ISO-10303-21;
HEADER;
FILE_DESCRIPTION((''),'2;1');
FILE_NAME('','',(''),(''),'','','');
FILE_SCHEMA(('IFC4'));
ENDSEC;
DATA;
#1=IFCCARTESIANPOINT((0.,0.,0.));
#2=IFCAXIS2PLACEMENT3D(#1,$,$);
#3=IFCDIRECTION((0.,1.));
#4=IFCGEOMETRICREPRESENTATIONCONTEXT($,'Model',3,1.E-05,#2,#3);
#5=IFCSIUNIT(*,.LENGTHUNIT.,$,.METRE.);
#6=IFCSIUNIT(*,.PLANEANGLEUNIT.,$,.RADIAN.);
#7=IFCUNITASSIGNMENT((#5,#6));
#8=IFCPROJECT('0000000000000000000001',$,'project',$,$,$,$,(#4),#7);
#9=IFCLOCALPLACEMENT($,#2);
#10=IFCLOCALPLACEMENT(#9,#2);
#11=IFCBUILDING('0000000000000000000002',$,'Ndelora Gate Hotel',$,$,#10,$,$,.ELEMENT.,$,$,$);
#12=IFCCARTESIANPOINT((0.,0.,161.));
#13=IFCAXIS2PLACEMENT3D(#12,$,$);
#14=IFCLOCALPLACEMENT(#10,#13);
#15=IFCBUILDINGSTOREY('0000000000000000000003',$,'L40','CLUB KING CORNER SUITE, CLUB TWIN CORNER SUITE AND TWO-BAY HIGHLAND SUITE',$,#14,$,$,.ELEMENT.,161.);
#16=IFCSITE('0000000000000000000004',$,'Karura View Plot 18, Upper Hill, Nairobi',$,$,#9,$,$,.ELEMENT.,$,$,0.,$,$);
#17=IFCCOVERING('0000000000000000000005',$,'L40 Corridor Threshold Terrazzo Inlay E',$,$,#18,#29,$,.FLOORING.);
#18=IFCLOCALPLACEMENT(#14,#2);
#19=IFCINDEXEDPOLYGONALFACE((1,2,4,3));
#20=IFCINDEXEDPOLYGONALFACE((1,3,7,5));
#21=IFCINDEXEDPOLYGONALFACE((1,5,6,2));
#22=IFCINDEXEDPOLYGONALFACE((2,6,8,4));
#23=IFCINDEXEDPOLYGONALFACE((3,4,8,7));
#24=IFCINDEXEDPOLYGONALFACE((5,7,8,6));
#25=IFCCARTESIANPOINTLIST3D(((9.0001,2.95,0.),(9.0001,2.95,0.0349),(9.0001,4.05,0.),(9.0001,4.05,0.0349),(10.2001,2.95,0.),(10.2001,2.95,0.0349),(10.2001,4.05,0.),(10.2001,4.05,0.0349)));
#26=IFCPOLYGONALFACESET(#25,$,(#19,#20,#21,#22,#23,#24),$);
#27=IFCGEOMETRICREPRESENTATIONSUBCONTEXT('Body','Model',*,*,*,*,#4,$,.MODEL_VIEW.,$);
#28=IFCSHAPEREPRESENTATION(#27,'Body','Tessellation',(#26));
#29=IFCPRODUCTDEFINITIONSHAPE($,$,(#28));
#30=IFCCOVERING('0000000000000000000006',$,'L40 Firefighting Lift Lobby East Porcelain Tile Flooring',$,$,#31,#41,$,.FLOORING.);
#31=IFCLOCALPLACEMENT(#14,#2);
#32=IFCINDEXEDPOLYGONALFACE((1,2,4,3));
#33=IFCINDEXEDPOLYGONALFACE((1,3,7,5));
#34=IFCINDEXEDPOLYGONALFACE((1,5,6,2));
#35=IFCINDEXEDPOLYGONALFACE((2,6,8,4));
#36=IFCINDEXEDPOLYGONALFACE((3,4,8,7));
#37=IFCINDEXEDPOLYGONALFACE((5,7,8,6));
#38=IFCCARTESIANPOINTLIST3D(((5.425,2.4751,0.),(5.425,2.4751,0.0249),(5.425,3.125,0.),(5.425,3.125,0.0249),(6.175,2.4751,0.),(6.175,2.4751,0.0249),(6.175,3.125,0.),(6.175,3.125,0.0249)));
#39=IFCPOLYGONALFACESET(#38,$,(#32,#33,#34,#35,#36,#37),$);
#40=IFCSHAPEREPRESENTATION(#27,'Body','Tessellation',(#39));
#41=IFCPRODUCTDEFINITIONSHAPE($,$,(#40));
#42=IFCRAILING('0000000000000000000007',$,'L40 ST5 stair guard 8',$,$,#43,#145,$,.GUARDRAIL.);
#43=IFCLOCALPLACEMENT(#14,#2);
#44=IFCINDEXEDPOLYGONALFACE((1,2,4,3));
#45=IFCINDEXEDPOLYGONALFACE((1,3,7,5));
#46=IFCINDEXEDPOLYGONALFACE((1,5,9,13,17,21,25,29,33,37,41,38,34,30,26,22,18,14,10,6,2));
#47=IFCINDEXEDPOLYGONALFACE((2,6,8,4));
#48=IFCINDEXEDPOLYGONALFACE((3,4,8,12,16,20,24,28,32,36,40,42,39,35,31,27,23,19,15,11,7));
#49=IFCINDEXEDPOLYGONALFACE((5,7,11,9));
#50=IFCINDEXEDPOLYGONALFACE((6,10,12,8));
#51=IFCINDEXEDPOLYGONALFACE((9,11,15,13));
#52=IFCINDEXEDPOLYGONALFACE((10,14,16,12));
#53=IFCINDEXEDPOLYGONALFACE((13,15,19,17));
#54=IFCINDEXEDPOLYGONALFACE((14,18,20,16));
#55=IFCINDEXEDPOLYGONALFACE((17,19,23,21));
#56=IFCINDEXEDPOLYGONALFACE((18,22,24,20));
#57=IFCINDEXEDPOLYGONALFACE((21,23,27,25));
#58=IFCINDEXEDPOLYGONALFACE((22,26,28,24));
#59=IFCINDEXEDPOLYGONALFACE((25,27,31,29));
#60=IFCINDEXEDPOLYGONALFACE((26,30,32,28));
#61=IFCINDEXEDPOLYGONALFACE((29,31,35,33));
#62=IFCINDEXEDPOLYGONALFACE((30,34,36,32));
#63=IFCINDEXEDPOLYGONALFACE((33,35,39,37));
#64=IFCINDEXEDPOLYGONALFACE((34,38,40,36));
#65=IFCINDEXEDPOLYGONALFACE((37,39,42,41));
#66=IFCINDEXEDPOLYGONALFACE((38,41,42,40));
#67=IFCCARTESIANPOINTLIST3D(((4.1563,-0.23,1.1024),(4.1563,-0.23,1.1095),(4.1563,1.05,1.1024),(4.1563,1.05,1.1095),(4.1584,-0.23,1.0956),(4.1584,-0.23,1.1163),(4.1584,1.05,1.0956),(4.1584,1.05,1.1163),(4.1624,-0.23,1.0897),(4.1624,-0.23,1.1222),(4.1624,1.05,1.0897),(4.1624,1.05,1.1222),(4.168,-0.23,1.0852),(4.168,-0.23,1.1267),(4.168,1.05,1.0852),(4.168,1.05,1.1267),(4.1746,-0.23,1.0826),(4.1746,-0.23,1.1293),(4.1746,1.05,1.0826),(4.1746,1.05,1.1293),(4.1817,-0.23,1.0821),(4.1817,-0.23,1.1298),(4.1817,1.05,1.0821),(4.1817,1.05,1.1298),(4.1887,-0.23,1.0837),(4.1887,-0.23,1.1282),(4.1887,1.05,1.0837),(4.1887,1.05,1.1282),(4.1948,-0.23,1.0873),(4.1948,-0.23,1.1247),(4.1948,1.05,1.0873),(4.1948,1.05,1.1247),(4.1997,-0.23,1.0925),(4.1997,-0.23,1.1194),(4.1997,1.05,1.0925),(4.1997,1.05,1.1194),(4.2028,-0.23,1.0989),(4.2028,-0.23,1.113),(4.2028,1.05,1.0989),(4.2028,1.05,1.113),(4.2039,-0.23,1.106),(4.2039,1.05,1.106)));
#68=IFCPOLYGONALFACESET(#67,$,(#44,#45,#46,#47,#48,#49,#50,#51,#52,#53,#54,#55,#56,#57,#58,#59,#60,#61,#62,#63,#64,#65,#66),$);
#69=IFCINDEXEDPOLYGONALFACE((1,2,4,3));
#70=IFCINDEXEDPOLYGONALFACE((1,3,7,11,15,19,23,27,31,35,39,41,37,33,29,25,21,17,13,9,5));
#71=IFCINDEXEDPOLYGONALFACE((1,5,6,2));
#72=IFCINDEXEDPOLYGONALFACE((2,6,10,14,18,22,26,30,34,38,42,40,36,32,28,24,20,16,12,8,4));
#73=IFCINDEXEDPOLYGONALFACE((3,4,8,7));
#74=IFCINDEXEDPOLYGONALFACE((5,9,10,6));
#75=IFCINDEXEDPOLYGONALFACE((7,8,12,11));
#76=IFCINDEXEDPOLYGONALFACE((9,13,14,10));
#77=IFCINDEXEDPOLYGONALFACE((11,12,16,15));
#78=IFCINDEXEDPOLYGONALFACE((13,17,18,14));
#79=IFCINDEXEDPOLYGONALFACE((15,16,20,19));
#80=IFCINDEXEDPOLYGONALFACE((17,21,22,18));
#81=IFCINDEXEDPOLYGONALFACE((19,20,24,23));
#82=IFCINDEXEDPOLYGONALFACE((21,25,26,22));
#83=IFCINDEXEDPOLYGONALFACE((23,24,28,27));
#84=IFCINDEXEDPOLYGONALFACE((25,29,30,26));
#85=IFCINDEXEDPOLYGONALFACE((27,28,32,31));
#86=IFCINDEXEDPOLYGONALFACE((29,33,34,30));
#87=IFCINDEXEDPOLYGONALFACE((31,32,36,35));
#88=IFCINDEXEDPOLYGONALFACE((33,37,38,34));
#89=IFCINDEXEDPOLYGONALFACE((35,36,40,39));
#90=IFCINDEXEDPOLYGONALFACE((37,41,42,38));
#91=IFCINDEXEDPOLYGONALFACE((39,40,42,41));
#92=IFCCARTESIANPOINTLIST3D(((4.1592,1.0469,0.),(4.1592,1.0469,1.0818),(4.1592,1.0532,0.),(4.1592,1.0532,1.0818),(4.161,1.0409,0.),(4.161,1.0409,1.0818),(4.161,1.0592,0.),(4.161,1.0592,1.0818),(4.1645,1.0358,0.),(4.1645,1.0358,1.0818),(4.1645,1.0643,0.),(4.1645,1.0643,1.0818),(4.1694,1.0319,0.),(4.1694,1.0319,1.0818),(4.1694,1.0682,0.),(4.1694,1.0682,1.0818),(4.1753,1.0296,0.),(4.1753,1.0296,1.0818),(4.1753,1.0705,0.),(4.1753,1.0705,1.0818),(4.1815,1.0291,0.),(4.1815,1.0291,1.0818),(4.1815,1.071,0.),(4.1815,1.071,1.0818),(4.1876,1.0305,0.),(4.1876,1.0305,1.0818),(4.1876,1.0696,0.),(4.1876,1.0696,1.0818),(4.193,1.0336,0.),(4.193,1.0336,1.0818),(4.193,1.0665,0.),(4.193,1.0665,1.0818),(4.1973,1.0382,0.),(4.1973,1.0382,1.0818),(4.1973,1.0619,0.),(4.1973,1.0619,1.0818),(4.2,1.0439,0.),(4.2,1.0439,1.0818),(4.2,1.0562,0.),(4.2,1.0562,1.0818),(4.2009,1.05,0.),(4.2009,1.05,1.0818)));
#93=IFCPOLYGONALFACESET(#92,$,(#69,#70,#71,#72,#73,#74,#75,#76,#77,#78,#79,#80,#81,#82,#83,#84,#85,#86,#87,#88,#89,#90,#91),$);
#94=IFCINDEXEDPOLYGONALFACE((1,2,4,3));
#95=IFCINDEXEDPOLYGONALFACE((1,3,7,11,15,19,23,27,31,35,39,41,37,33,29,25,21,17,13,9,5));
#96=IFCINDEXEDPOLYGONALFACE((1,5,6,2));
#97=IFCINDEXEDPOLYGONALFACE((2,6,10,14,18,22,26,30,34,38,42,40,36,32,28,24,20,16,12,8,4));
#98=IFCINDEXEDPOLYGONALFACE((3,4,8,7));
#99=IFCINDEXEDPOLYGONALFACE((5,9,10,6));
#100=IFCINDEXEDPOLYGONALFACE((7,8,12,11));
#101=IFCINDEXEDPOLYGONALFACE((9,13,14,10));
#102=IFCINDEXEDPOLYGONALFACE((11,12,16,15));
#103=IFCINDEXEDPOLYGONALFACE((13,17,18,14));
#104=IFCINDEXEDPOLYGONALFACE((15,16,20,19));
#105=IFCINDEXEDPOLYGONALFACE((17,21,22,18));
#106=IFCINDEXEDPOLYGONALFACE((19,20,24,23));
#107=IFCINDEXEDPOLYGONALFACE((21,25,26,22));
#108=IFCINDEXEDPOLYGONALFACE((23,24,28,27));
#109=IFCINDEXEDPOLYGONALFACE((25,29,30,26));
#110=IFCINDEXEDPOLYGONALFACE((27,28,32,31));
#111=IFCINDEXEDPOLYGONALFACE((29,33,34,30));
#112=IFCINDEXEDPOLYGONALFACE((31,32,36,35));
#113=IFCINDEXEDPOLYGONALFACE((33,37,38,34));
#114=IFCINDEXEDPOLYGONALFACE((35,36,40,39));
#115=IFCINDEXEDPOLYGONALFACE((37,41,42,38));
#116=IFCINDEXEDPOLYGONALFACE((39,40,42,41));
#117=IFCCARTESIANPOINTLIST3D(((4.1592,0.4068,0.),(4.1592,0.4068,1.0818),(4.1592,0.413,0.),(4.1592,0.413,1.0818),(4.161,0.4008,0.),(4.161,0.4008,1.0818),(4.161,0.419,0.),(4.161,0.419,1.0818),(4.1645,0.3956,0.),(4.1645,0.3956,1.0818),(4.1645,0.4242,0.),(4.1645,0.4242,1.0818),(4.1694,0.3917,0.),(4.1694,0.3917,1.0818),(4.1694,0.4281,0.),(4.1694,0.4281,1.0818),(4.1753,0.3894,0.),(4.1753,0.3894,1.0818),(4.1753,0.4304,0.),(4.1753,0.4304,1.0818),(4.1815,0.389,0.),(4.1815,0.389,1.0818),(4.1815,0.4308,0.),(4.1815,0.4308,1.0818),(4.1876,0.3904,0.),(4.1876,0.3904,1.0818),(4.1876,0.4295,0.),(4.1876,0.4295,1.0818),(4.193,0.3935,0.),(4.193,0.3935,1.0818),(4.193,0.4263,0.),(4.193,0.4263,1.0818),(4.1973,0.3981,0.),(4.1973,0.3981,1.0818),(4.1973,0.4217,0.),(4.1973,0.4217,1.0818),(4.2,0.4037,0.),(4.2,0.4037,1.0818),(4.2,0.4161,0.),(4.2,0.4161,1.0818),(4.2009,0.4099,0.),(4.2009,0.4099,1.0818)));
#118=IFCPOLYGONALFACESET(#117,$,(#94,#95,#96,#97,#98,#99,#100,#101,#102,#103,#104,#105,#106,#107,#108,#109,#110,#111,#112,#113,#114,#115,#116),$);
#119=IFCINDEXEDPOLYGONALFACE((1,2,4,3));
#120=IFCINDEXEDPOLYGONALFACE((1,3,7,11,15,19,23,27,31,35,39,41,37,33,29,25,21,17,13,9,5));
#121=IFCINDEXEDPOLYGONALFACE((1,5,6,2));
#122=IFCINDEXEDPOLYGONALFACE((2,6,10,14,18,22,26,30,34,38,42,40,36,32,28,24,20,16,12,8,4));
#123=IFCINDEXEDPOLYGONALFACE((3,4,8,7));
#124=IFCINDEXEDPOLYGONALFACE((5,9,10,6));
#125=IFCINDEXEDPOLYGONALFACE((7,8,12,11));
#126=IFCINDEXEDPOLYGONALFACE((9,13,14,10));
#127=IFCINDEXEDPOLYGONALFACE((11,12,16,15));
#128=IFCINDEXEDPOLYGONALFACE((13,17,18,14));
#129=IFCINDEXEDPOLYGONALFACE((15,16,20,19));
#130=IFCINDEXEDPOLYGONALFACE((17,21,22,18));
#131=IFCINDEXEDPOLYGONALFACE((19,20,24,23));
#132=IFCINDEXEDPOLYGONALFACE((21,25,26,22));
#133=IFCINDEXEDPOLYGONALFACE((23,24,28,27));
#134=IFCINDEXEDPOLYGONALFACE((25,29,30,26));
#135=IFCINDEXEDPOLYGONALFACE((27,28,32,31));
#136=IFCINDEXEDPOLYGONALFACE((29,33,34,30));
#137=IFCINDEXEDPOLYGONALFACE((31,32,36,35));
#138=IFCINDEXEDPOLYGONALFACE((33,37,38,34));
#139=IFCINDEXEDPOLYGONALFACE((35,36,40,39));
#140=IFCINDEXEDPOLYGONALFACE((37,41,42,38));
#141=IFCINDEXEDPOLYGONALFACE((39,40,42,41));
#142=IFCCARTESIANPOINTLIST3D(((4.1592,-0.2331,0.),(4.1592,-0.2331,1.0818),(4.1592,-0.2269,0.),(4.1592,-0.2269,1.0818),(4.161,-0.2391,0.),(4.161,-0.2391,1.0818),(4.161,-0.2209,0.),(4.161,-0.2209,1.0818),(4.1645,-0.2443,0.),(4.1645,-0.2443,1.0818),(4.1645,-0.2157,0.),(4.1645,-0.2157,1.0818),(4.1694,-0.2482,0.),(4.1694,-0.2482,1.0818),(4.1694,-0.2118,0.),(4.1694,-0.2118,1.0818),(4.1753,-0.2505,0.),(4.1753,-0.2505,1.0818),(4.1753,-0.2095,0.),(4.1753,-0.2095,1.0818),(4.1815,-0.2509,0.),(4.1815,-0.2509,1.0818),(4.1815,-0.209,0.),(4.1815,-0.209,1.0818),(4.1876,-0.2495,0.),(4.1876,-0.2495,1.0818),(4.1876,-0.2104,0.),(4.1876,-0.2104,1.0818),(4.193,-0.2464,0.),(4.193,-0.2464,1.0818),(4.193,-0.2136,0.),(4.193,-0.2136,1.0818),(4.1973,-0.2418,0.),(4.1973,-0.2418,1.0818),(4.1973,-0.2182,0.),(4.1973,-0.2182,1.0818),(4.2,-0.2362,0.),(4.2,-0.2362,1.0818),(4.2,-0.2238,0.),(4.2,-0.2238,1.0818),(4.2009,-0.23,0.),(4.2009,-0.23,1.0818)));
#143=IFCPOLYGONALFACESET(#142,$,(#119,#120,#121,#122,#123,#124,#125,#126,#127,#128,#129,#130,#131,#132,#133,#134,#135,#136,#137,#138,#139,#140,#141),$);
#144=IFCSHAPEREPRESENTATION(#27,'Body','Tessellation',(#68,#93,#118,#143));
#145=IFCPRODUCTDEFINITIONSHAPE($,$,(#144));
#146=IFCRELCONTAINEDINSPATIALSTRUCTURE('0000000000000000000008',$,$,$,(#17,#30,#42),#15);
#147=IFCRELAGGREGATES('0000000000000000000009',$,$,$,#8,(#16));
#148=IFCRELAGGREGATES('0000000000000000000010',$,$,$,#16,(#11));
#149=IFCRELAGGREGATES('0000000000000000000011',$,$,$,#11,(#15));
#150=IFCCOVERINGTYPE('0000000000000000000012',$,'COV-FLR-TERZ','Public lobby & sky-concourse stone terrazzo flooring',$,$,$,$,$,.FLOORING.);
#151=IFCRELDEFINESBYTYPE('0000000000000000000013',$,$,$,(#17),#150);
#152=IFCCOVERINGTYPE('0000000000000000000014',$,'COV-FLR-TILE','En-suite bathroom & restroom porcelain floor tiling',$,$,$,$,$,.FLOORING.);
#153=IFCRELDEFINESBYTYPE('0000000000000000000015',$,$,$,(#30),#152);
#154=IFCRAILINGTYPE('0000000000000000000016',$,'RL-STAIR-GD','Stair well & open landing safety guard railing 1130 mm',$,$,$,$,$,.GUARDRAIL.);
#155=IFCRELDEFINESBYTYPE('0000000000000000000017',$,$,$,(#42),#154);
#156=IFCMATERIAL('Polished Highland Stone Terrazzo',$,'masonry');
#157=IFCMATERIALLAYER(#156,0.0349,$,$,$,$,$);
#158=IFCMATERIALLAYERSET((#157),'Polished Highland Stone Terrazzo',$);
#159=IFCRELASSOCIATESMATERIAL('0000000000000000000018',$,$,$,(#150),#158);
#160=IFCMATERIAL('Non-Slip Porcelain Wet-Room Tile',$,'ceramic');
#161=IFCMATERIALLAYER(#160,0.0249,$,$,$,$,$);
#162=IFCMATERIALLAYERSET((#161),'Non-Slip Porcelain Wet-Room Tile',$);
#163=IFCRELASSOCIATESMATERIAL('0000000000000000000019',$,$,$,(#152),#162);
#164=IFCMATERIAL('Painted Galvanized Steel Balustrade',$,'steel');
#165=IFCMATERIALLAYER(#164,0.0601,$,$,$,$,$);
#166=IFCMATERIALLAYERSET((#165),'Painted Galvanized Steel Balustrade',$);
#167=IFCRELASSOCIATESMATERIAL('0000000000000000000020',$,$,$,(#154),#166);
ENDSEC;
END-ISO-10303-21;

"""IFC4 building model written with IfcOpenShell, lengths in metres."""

from ifc_helpers import new_model, si_unit, direction, frame, origin, origin_2d, place, context, subcontext, project, spatial, rectangle, circle, extrude, material, layer, layer_set, type_object, element, save


model = new_model("IFC4")

# Units and contexts
model_context = context("Model", 3, precision=1e-05, world=origin(), true_north=direction((0.0, 1.0)))
body_context = subcontext(model_context, "Body", "Model", "MODEL_VIEW")
ifc_project = project(units=[si_unit("LENGTHUNIT", "METRE"), si_unit("PLANEANGLEUNIT", "RADIAN")], contexts=[model_context])

# Site, building, storey
site_placement = place(None, origin())
site = spatial("IfcSite", under=ifc_project, at=site_placement, Name="Karura View Plot 18, Upper Hill, Nairobi", CompositionType="ELEMENT", RefElevation=0.0)
building_placement = place(site_placement, origin())
building = spatial("IfcBuilding", under=site, at=building_placement, Name="Ndelora Gate Hotel", CompositionType="ELEMENT")
storey_placement = place(building_placement, frame((0.0, 0.0, 161.0)))
storey = spatial("IfcBuildingStorey", under=building, at=storey_placement, Name="L40", Description="CLUB KING CORNER SUITE, CLUB TWIN CORNER SUITE AND TWO-BAY HIGHLAND SUITE", CompositionType="ELEMENT", Elevation=161.0)

# Coverings
ifc_material_1 = material(Name="Polished Highland Stone Terrazzo", Category="masonry")
ifc_layer_1 = layer(ifc_material_1, 0.0349)
ifc_layer_set_1 = layer_set([ifc_layer_1], Name="Polished Highland Stone Terrazzo")
covering_type_1 = type_object("IfcCoveringType", Name="COV-FLR-TERZ", Description="Public lobby & sky-concourse stone terrazzo flooring", PredefinedType="FLOORING", material=ifc_layer_set_1)
for number, where, z_axis, x_axis, name in (
    (1, (9.6001, 3.5, 0.0), (0.0, 0.0, 1.0), (1.0, 0.0, 0.0), "L40 Corridor Threshold Terrazzo Inlay E"),
):
    element("IfcCovering", number, at=place(storey_placement, frame(where, z_axis=z_axis, x_axis=x_axis)), inside=storey, type_object=covering_type_1, Name=name, PredefinedType="FLOORING", context=body_context, shape_type="SweptSolid", body=[
        extrude(rectangle(XDim=1.2, YDim=1.1001, at=origin_2d()), origin(), (0.0, 0.0, 1.0), 0.0349),
    ])
ifc_material_2 = material(Name="Non-Slip Porcelain Wet-Room Tile", Category="ceramic")
ifc_layer_2 = layer(ifc_material_2, 0.0249)
ifc_layer_set_2 = layer_set([ifc_layer_2], Name="Non-Slip Porcelain Wet-Room Tile")
covering_type_2 = type_object("IfcCoveringType", Name="COV-FLR-TILE", Description="En-suite bathroom & restroom porcelain floor tiling", PredefinedType="FLOORING", material=ifc_layer_set_2)
covering_1_placement = place(storey_placement, frame((5.8, 2.8, 0.0), z_axis=(0.0, 0.0, 1.0), x_axis=(1.0, 0.0, 0.0)))
element("IfcCovering", 2, at=covering_1_placement, inside=storey, type_object=covering_type_2, Name="L40 Firefighting Lift Lobby East Porcelain Tile Flooring", PredefinedType="FLOORING", context=body_context, shape_type="SweptSolid", body=[
    extrude(rectangle(XDim=0.75, YDim=0.6499, at=origin_2d()), origin(), (0.0, 0.0, 1.0), 0.0249),
])

# Railing
ifc_material_3 = material(Name="Painted Galvanized Steel Balustrade", Category="steel")
ifc_layer_3 = layer(ifc_material_3, 0.0601)
ifc_layer_set_3 = layer_set([ifc_layer_3], Name="Painted Galvanized Steel Balustrade")
railing_type = type_object("IfcRailingType", Name="RL-STAIR-GD", Description="Stair well & open landing safety guard railing 1130 mm", PredefinedType="GUARDRAIL", material=ifc_layer_set_3)
for number, where, name in (
    (3, (4.1799, 1.05, 0.0), "L40 ST5 stair guard 8"),
):
    element("IfcRailing", number, at=place(storey_placement, frame(where)), inside=storey, type_object=railing_type, Name=name, PredefinedType="GUARDRAIL", context=body_context, shape_type="SweptSolid", body=[
        extrude(circle(Radius=0.0239, at=origin_2d()), frame((0.0, 0.0, 1.106), z_axis=(0.0, -1.0, 0.0), x_axis=(1.0, 0.0, 0.0)), (0.0, 0.0, 1.0), 1.28),
        extrude(circle(Radius=0.021, at=origin_2d()), origin(), (0.0, 0.0, 1.0), 1.0818),
        extrude(circle(Radius=0.021, at=origin_2d()), frame((0.0, -0.6401, 0.0)), (0.0, 0.0, 1.0), 1.0818),
        extrude(circle(Radius=0.021, at=origin_2d()), frame((0.0, -1.28, 0.0)), (0.0, 0.0, 1.0), 1.0818),
    ])

save(model, "model.ifc")
